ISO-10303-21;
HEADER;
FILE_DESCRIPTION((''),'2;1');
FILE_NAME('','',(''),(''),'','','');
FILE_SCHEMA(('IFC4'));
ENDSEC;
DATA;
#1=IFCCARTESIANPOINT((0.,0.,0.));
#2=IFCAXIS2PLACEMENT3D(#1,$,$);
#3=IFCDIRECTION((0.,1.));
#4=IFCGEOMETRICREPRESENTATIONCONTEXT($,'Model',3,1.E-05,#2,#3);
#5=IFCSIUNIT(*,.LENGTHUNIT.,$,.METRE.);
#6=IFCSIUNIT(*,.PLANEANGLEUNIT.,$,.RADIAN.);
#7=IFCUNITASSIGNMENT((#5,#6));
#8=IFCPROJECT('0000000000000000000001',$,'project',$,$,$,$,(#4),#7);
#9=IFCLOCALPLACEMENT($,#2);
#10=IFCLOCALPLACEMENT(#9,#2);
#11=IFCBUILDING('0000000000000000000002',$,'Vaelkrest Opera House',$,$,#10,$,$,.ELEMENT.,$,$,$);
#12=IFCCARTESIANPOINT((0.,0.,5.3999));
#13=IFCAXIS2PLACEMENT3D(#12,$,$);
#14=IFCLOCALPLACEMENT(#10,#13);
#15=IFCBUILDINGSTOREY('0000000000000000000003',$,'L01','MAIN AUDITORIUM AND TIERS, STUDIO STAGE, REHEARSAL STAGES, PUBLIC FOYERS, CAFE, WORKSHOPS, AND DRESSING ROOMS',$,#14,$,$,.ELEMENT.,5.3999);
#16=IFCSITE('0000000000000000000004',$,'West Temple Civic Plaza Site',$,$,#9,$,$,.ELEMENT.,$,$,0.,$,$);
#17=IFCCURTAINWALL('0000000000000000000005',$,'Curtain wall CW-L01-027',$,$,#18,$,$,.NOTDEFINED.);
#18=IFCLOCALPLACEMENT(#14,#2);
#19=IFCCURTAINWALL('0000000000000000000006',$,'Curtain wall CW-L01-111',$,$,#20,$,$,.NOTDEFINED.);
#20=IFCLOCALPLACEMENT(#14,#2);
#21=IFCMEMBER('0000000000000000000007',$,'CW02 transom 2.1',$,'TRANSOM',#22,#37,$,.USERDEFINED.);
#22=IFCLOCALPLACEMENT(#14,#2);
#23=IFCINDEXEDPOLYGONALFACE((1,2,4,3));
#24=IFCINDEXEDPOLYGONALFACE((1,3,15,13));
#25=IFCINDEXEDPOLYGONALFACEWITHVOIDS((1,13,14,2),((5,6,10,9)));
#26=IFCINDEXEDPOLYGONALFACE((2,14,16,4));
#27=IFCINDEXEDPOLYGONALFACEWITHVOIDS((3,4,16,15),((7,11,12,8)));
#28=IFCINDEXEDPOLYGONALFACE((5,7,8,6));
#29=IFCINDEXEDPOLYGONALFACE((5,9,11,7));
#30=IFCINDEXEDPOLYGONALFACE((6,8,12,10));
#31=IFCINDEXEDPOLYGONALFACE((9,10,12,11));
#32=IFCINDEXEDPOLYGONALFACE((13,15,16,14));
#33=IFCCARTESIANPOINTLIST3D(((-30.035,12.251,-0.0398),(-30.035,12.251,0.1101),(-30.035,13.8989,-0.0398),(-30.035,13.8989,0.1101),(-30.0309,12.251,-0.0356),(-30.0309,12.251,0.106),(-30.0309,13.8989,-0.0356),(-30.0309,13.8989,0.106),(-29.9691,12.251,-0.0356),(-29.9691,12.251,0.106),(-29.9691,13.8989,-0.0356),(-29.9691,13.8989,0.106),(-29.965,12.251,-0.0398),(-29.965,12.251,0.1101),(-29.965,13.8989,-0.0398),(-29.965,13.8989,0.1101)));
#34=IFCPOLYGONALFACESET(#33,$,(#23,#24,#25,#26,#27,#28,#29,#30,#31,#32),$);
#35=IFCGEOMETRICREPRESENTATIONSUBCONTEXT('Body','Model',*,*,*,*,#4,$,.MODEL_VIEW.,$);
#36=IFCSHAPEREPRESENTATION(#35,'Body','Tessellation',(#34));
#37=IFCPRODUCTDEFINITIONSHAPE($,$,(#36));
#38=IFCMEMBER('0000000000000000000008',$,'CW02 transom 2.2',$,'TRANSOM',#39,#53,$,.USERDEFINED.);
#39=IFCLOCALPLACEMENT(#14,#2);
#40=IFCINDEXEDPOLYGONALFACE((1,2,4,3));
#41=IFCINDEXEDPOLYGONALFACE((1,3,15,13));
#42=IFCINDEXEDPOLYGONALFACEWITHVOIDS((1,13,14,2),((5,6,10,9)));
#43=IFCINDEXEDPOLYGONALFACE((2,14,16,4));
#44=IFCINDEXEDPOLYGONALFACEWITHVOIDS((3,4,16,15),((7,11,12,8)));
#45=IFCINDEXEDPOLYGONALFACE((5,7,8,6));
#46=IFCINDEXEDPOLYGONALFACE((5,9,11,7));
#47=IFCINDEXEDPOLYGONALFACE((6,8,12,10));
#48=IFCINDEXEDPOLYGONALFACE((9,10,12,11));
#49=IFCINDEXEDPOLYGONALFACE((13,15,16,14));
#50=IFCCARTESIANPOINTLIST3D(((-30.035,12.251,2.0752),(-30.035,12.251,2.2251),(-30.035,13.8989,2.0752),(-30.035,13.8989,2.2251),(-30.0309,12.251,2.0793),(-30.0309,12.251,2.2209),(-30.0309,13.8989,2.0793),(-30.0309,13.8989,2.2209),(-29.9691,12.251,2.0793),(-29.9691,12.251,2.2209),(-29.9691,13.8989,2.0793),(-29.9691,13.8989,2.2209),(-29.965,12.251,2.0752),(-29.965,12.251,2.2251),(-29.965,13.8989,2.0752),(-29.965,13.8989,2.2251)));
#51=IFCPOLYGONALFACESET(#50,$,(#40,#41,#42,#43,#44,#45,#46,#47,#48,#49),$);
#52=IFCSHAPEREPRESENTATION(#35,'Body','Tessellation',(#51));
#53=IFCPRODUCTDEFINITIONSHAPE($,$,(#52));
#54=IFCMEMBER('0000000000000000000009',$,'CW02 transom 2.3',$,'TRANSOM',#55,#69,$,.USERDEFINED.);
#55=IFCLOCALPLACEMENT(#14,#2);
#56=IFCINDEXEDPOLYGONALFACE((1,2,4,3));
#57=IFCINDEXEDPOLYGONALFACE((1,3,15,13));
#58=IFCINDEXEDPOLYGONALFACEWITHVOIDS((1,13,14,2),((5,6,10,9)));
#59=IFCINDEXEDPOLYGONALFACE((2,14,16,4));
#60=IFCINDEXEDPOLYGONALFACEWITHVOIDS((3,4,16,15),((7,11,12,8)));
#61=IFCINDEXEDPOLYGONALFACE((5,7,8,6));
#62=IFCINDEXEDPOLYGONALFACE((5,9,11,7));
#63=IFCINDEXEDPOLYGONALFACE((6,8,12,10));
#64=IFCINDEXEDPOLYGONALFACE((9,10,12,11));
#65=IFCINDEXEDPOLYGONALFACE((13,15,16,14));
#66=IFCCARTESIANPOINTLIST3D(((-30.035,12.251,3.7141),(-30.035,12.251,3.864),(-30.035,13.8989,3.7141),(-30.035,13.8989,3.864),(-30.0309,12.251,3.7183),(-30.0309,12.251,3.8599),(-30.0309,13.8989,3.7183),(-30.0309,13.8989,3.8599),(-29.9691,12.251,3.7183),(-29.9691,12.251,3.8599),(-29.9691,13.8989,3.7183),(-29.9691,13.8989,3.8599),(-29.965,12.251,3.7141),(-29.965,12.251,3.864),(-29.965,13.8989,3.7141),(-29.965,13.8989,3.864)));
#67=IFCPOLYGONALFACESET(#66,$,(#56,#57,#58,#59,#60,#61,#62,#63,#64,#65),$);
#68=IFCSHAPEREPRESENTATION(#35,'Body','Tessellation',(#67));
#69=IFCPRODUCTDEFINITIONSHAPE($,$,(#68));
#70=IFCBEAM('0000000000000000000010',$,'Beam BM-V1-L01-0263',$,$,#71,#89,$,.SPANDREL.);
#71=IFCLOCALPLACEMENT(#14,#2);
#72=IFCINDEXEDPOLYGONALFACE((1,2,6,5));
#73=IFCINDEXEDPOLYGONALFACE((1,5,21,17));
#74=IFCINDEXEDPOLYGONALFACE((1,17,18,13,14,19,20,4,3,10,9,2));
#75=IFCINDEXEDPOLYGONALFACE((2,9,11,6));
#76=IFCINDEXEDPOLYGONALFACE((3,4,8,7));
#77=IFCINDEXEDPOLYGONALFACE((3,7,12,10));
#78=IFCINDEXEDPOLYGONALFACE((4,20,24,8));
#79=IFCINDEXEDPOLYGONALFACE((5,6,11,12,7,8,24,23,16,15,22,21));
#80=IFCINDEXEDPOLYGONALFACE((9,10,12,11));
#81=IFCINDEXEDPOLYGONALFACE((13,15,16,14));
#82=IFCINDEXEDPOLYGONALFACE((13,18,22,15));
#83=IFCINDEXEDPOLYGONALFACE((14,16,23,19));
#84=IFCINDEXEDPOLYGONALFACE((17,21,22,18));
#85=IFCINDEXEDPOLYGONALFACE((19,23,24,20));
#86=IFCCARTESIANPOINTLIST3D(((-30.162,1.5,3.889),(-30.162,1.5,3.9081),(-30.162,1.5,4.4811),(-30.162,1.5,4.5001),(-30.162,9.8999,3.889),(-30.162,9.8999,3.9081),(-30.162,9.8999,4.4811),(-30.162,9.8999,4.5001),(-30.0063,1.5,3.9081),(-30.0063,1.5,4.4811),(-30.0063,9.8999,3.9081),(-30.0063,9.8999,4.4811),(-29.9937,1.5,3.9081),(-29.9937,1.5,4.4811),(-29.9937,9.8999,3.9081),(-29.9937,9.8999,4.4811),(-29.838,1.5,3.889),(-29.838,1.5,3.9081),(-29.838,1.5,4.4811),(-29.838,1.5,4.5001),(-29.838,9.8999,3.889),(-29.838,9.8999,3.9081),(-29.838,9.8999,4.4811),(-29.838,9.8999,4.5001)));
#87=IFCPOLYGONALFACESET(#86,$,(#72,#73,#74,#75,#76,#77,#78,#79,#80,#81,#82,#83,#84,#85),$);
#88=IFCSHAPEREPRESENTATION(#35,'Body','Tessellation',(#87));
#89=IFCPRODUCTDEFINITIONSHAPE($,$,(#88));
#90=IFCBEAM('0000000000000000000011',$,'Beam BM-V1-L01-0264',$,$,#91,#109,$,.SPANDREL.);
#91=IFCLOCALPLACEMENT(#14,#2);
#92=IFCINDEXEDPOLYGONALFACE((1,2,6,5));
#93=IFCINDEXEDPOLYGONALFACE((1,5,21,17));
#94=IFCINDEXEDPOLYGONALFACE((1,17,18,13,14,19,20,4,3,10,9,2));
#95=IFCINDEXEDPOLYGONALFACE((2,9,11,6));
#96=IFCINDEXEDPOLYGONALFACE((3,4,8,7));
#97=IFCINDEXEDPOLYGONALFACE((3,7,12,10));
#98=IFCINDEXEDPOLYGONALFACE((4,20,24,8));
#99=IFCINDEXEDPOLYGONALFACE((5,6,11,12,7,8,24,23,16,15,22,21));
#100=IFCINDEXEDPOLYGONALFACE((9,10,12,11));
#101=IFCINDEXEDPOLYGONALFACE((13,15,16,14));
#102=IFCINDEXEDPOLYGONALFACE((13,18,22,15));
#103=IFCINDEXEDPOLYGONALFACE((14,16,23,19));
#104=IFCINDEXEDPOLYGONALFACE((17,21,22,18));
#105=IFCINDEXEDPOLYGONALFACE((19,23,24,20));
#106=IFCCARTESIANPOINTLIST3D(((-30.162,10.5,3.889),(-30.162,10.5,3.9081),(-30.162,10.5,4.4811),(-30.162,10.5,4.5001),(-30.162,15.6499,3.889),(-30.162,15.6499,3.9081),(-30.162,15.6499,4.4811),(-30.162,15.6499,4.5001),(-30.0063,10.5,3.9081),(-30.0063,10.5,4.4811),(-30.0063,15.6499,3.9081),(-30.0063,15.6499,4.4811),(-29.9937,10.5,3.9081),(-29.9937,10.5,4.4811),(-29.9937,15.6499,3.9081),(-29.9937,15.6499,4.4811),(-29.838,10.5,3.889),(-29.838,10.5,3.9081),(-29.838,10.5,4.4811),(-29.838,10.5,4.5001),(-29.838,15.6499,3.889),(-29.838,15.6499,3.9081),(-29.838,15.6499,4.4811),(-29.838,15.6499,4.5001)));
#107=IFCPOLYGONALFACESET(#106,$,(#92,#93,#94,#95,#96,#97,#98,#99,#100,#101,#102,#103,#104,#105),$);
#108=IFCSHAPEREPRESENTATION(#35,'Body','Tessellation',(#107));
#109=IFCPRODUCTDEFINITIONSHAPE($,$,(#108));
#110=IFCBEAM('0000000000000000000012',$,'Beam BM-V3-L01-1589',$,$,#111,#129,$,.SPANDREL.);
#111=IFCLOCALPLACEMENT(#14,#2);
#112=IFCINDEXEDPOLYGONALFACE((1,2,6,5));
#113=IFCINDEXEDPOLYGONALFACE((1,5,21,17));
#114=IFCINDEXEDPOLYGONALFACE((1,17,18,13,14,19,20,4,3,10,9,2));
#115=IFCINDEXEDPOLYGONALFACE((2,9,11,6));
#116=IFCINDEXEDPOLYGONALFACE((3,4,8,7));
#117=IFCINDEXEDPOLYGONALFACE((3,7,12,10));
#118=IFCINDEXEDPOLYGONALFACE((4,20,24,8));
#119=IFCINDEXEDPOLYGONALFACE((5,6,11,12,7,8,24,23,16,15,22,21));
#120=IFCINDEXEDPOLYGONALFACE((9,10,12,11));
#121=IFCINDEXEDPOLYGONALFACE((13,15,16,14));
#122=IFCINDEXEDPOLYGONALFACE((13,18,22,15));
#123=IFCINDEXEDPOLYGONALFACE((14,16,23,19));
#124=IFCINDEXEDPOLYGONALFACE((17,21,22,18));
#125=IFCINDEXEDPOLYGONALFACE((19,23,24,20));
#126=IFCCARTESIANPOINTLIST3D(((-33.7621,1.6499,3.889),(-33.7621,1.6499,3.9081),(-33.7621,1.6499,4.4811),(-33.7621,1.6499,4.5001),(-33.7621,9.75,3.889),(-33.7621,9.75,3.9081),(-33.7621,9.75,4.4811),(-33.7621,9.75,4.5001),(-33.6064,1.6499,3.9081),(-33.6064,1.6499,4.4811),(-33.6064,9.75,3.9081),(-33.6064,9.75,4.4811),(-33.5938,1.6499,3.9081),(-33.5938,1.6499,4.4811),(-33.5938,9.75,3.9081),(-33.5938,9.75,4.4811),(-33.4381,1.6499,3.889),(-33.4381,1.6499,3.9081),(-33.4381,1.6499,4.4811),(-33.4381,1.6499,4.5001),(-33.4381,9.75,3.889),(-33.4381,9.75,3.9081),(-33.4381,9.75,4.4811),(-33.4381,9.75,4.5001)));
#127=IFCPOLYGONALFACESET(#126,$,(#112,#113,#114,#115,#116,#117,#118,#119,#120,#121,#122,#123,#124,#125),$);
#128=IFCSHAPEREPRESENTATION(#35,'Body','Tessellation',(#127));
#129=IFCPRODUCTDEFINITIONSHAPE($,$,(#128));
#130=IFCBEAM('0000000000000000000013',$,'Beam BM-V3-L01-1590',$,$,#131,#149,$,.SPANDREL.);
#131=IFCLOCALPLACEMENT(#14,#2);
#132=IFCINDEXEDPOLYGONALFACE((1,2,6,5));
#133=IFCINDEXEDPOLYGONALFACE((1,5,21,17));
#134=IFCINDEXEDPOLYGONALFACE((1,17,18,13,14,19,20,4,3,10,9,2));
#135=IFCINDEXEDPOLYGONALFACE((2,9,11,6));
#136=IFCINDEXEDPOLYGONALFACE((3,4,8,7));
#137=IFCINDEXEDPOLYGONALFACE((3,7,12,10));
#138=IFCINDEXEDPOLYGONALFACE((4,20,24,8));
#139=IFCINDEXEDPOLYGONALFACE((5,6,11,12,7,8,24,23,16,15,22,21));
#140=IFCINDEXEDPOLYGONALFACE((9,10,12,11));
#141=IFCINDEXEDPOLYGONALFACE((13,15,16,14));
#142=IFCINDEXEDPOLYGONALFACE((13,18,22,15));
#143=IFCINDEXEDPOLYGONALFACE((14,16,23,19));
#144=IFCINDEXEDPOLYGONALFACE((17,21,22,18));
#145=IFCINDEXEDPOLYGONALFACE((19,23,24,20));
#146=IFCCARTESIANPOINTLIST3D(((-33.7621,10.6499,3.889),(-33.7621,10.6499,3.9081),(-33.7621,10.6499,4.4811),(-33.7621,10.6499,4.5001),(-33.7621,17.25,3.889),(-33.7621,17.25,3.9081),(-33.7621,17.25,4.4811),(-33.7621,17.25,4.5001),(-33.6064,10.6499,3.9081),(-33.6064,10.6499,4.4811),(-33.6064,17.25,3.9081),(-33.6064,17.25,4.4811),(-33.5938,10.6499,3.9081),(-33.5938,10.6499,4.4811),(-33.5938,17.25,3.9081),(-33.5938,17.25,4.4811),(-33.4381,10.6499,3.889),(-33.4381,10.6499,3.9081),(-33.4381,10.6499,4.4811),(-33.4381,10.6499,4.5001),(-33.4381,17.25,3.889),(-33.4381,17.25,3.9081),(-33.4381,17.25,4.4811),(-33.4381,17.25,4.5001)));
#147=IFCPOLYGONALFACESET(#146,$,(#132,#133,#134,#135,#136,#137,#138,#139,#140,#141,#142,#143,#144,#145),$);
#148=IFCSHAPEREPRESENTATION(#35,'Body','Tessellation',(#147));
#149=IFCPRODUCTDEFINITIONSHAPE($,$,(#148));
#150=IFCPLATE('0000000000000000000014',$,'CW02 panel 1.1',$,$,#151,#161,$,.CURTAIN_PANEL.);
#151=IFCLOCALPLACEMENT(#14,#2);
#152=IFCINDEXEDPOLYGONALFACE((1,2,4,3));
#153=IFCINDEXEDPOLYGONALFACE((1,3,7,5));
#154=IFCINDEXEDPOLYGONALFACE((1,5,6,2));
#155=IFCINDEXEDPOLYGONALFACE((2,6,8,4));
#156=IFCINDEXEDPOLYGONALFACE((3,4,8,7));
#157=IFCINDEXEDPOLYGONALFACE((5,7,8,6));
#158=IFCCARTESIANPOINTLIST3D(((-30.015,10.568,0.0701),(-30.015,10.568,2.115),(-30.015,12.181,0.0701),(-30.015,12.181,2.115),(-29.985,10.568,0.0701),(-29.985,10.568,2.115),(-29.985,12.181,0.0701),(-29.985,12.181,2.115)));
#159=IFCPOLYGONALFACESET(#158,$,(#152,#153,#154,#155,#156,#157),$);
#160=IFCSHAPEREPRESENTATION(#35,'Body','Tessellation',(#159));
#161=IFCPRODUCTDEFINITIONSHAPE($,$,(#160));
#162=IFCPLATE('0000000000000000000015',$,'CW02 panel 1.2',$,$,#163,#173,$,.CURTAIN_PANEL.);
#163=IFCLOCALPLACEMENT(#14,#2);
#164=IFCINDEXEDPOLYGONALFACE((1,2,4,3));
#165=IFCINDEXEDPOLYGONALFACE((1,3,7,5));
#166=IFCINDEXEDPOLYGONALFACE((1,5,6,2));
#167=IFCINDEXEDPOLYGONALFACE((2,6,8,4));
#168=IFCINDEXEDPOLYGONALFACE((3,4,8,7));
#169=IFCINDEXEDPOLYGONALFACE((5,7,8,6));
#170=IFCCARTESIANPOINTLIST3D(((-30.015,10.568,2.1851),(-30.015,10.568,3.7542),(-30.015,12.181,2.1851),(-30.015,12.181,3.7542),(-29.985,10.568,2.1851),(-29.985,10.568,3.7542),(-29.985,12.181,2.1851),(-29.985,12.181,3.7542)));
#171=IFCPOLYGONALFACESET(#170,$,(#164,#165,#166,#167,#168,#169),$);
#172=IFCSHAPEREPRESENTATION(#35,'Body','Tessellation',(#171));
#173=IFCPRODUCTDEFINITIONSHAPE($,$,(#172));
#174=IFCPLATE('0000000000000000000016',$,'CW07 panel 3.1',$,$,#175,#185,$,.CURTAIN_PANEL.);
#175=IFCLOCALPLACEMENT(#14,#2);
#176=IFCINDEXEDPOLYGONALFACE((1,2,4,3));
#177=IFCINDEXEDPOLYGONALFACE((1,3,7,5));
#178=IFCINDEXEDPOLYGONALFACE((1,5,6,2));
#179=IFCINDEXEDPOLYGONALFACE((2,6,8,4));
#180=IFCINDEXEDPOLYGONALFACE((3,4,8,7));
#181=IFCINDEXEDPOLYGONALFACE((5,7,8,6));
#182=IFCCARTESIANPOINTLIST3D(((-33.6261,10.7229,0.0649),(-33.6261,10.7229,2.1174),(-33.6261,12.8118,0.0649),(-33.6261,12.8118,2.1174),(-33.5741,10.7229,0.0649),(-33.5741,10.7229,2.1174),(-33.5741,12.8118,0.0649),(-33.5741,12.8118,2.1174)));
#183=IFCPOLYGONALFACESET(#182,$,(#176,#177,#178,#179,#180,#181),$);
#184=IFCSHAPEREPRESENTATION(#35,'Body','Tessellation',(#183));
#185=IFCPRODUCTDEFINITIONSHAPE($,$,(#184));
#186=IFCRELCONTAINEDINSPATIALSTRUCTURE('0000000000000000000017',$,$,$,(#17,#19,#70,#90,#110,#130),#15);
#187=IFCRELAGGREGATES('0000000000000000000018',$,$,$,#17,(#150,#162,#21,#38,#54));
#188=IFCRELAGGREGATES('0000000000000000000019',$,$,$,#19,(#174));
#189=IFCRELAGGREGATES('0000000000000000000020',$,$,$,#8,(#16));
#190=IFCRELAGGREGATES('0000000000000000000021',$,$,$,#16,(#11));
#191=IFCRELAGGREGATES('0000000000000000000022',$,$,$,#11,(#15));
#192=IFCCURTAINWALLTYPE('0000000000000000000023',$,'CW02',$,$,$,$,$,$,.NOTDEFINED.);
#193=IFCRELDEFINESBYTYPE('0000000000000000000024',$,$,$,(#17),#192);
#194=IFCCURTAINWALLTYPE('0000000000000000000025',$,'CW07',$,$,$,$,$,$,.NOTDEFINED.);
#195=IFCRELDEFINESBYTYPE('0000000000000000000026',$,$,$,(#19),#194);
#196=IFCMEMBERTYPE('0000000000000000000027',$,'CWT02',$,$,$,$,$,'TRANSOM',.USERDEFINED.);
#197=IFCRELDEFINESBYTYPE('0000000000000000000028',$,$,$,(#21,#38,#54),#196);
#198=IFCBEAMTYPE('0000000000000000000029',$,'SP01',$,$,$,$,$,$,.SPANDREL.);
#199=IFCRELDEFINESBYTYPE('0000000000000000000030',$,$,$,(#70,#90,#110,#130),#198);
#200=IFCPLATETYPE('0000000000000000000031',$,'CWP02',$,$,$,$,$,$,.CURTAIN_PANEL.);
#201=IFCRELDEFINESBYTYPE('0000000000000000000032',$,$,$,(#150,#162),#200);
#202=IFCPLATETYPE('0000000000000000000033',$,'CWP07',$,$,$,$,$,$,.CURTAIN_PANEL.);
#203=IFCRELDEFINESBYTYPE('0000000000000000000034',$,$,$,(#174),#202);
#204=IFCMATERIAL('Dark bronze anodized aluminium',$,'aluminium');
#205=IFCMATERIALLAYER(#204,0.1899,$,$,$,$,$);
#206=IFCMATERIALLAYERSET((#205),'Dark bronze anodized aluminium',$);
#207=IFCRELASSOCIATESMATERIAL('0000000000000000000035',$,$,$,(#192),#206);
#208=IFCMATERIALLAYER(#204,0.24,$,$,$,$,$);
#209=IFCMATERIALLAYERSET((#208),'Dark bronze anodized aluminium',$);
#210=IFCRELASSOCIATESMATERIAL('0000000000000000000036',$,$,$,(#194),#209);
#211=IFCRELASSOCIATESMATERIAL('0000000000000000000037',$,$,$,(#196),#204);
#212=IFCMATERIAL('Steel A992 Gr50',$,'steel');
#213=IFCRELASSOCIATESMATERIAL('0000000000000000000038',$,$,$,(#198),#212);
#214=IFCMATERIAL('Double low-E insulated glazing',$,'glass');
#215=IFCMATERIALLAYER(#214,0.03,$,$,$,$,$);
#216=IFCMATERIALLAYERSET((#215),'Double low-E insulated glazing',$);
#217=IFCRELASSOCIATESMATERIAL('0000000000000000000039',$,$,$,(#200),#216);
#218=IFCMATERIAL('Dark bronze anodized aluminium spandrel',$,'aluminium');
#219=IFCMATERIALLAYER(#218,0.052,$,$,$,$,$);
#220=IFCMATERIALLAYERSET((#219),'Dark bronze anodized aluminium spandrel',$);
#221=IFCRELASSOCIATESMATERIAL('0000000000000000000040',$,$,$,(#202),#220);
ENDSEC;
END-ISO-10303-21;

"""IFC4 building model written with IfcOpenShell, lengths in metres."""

from ifc_helpers import new_model, si_unit, direction, frame, origin, origin_2d, place, context, subcontext, project, spatial, rectangle, hollow_rectangle, i_section, extrude, material, layer, layer_set, material_profile, profile_set, type_object, element, aggregate, save


model = new_model("IFC4")

# Units and contexts
model_context = context("Model", 3, precision=1e-05, world=origin(), true_north=direction((0.0, 1.0)))
body_context = subcontext(model_context, "Body", "Model", "MODEL_VIEW")
ifc_project = project(units=[si_unit("LENGTHUNIT", "METRE"), si_unit("PLANEANGLEUNIT", "RADIAN")], contexts=[model_context])

# Site, building, storey
site_placement = place(None, origin())
site = spatial("IfcSite", under=ifc_project, at=site_placement, Name="West Temple Civic Plaza Site", CompositionType="ELEMENT", RefElevation=0.0)
building_placement = place(site_placement, origin())
building = spatial("IfcBuilding", under=site, at=building_placement, Name="Vaelkrest Opera House", CompositionType="ELEMENT")
storey_placement = place(building_placement, frame((0.0, 0.0, 5.3999)))
storey = spatial("IfcBuildingStorey", under=building, at=storey_placement, Name="L01", Description="MAIN AUDITORIUM AND TIERS, STUDIO STAGE, REHEARSAL STAGES, PUBLIC FOYERS, CAFE, WORKSHOPS, AND DRESSING ROOMS", CompositionType="ELEMENT", Elevation=5.3999)

# Curtain walls
ifc_material_1 = material(Name="Dark bronze anodized aluminium", Category="aluminium")
ifc_layer_1 = layer(ifc_material_1, 0.1899)
ifc_layer_set_1 = layer_set([ifc_layer_1], Name="Dark bronze anodized aluminium")
curtain_wall_type_1 = type_object("IfcCurtainWallType", Name="CW02", PredefinedType="NOTDEFINED", material=ifc_layer_set_1)
curtain_wall_1_placement = place(storey_placement, origin())
curtain_wall_1 = element("IfcCurtainWall", 1, at=curtain_wall_1_placement, inside=storey, type_object=curtain_wall_type_1, Name="Curtain wall CW-L01-027", PredefinedType="NOTDEFINED")
ifc_layer_2 = layer(ifc_material_1, 0.24)
ifc_layer_set_2 = layer_set([ifc_layer_2], Name="Dark bronze anodized aluminium")
curtain_wall_type_2 = type_object("IfcCurtainWallType", Name="CW07", PredefinedType="NOTDEFINED", material=ifc_layer_set_2)
curtain_wall_2_placement = place(storey_placement, origin())
curtain_wall_2 = element("IfcCurtainWall", 2, at=curtain_wall_2_placement, inside=storey, type_object=curtain_wall_type_2, Name="Curtain wall CW-L01-111", PredefinedType="NOTDEFINED")

# Members
ifc_material_profile_1 = material_profile(ifc_material_1, hollow_rectangle(XDim=0.0701, YDim=0.1499, WallThickness=0.0042, at=origin_2d()), Name="CWT70X150")
ifc_profile_set_1 = profile_set([ifc_material_profile_1], Name="Dark bronze anodized aluminium")
member_type_1 = type_object("IfcMemberType", Name="CWT02", ElementType="TRANSOM", PredefinedType="USERDEFINED", material=ifc_profile_set_1)
member_1_placement = place(storey_placement, frame((-30.0, 12.251, 0.0352), z_axis=(0.0, 1.0, 0.0), x_axis=(-1.0, 0.0, 0.0)))
member_1 = element("IfcMember", 3, at=member_1_placement, type_object=member_type_1, Name="CW02 transom 2.1", ObjectType="TRANSOM", PredefinedType="USERDEFINED", context=body_context, shape_type="SweptSolid", body=[
    extrude(hollow_rectangle(XDim=0.0701, YDim=0.1499, WallThickness=0.0042, at=origin_2d()), origin(), (0.0, 0.0, 1.0), 1.6479),
])
member_2_placement = place(storey_placement, frame((-30.0, 12.251, 2.1501), z_axis=(0.0, 1.0, 0.0), x_axis=(-1.0, 0.0, 0.0)))
member_2 = element("IfcMember", 4, at=member_2_placement, type_object=member_type_1, Name="CW02 transom 2.2", ObjectType="TRANSOM", PredefinedType="USERDEFINED", context=body_context, shape_type="SweptSolid", body=[
    extrude(hollow_rectangle(XDim=0.0701, YDim=0.1499, WallThickness=0.0042, at=origin_2d()), origin(), (0.0, 0.0, 1.0), 1.6479),
])
member_3_placement = place(storey_placement, frame((-30.0, 12.251, 3.7891), z_axis=(0.0, 1.0, 0.0), x_axis=(-1.0, 0.0, 0.0)))
member_3 = element("IfcMember", 5, at=member_3_placement, type_object=member_type_1, Name="CW02 transom 2.3", ObjectType="TRANSOM", PredefinedType="USERDEFINED", context=body_context, shape_type="SweptSolid", body=[
    extrude(hollow_rectangle(XDim=0.0701, YDim=0.1499, WallThickness=0.0042, at=origin_2d()), origin(), (0.0, 0.0, 1.0), 1.6479),
])

# Beams
ifc_material_2 = material(Name="Steel A992 Gr50", Category="steel")
ifc_material_profile_2 = material_profile(ifc_material_2, i_section(OverallWidth=0.324, OverallDepth=0.6111, WebThickness=0.0127, FlangeThickness=0.019, at=origin_2d()), Name="W24X104")
ifc_profile_set_2 = profile_set([ifc_material_profile_2], Name="Steel A992 Gr50")
beam_type = type_object("IfcBeamType", Name="SP01", PredefinedType="SPANDREL", material=ifc_profile_set_2)
beam_1_placement = place(storey_placement, frame((-30.0, 1.5, 4.1946), z_axis=(0.0, 1.0, 0.0), x_axis=(-1.0, 0.0, 0.0)))
element("IfcBeam", 6, at=beam_1_placement, inside=storey, type_object=beam_type, Name="Beam BM-V1-L01-0263", PredefinedType="SPANDREL", context=body_context, shape_type="SweptSolid", body=[
    extrude(i_section(OverallWidth=0.324, OverallDepth=0.6111, WebThickness=0.0127, FlangeThickness=0.019, at=origin_2d()), origin(), (0.0, 0.0, 1.0), 8.3999),
])
beam_2_placement = place(storey_placement, frame((-30.0, 10.5, 4.1946), z_axis=(0.0, 1.0, 0.0), x_axis=(-1.0, 0.0, 0.0)))
element("IfcBeam", 7, at=beam_2_placement, inside=storey, type_object=beam_type, Name="Beam BM-V1-L01-0264", PredefinedType="SPANDREL", context=body_context, shape_type="SweptSolid", body=[
    extrude(i_section(OverallWidth=0.324, OverallDepth=0.6111, WebThickness=0.0127, FlangeThickness=0.019, at=origin_2d()), origin(), (0.0, 0.0, 1.0), 5.1499),
])
beam_3_placement = place(storey_placement, frame((-33.6001, 1.6499, 4.1946), z_axis=(0.0, 1.0, 0.0), x_axis=(-1.0, 0.0, 0.0)))
element("IfcBeam", 8, at=beam_3_placement, inside=storey, type_object=beam_type, Name="Beam BM-V3-L01-1589", PredefinedType="SPANDREL", context=body_context, shape_type="SweptSolid", body=[
    extrude(i_section(OverallWidth=0.324, OverallDepth=0.6111, WebThickness=0.0127, FlangeThickness=0.019, at=origin_2d()), origin(), (0.0, 0.0, 1.0), 8.1001),
])
beam_4_placement = place(storey_placement, frame((-33.6001, 10.6499, 4.1946), z_axis=(0.0, 1.0, 0.0), x_axis=(-1.0, 0.0, 0.0)))
element("IfcBeam", 9, at=beam_4_placement, inside=storey, type_object=beam_type, Name="Beam BM-V3-L01-1590", PredefinedType="SPANDREL", context=body_context, shape_type="SweptSolid", body=[
    extrude(i_section(OverallWidth=0.324, OverallDepth=0.6111, WebThickness=0.0127, FlangeThickness=0.019, at=origin_2d()), origin(), (0.0, 0.0, 1.0), 6.6001),
])

# Plates
ifc_material_3 = material(Name="Double low-E insulated glazing", Category="glass")
ifc_layer_3 = layer(ifc_material_3, 0.03)
ifc_layer_set_3 = layer_set([ifc_layer_3], Name="Double low-E insulated glazing")
plate_type_1 = type_object("IfcPlateType", Name="CWP02", PredefinedType="CURTAIN_PANEL", material=ifc_layer_set_3)
plate_1_placement = place(storey_placement, frame((-30.0, 11.3745, 0.0701), z_axis=(0.0, 0.0, 1.0), x_axis=(0.0, 1.0, 0.0)))
plate_1 = element("IfcPlate", 10, at=plate_1_placement, type_object=plate_type_1, Name="CW02 panel 1.1", PredefinedType="CURTAIN_PANEL", context=body_context, shape_type="SweptSolid", body=[
    extrude(rectangle(XDim=1.613, YDim=0.03, at=origin_2d()), origin(), (0.0, 0.0, 1.0), 2.0449),
])
plate_2_placement = place(storey_placement, frame((-30.0, 11.3745, 2.1851), z_axis=(0.0, 0.0, 1.0), x_axis=(0.0, 1.0, 0.0)))
plate_2 = element("IfcPlate", 11, at=plate_2_placement, type_object=plate_type_1, Name="CW02 panel 1.2", PredefinedType="CURTAIN_PANEL", context=body_context, shape_type="SweptSolid", body=[
    extrude(rectangle(XDim=1.613, YDim=0.03, at=origin_2d()), origin(), (0.0, 0.0, 1.0), 1.5691),
])
aggregate(curtain_wall_1, [plate_1, plate_2, member_1, member_2, member_3])
ifc_material_4 = material(Name="Dark bronze anodized aluminium spandrel", Category="aluminium")
ifc_layer_4 = layer(ifc_material_4, 0.052)
ifc_layer_set_4 = layer_set([ifc_layer_4], Name="Dark bronze anodized aluminium spandrel")
plate_type_2 = type_object("IfcPlateType", Name="CWP07", PredefinedType="CURTAIN_PANEL", material=ifc_layer_set_4)
plate_3_placement = place(storey_placement, frame((-33.6001, 11.7673, 0.0649), z_axis=(0.0, 0.0, 1.0), x_axis=(0.0, -1.0, 0.0)))
plate_3 = element("IfcPlate", 12, at=plate_3_placement, type_object=plate_type_2, Name="CW07 panel 3.1", PredefinedType="CURTAIN_PANEL", context=body_context, shape_type="SweptSolid", body=[
    extrude(rectangle(XDim=2.0889, YDim=0.052, at=origin_2d()), origin(), (0.0, 0.0, 1.0), 2.0525),
])
aggregate(curtain_wall_2, [plate_3])

save(model, "model.ifc")
